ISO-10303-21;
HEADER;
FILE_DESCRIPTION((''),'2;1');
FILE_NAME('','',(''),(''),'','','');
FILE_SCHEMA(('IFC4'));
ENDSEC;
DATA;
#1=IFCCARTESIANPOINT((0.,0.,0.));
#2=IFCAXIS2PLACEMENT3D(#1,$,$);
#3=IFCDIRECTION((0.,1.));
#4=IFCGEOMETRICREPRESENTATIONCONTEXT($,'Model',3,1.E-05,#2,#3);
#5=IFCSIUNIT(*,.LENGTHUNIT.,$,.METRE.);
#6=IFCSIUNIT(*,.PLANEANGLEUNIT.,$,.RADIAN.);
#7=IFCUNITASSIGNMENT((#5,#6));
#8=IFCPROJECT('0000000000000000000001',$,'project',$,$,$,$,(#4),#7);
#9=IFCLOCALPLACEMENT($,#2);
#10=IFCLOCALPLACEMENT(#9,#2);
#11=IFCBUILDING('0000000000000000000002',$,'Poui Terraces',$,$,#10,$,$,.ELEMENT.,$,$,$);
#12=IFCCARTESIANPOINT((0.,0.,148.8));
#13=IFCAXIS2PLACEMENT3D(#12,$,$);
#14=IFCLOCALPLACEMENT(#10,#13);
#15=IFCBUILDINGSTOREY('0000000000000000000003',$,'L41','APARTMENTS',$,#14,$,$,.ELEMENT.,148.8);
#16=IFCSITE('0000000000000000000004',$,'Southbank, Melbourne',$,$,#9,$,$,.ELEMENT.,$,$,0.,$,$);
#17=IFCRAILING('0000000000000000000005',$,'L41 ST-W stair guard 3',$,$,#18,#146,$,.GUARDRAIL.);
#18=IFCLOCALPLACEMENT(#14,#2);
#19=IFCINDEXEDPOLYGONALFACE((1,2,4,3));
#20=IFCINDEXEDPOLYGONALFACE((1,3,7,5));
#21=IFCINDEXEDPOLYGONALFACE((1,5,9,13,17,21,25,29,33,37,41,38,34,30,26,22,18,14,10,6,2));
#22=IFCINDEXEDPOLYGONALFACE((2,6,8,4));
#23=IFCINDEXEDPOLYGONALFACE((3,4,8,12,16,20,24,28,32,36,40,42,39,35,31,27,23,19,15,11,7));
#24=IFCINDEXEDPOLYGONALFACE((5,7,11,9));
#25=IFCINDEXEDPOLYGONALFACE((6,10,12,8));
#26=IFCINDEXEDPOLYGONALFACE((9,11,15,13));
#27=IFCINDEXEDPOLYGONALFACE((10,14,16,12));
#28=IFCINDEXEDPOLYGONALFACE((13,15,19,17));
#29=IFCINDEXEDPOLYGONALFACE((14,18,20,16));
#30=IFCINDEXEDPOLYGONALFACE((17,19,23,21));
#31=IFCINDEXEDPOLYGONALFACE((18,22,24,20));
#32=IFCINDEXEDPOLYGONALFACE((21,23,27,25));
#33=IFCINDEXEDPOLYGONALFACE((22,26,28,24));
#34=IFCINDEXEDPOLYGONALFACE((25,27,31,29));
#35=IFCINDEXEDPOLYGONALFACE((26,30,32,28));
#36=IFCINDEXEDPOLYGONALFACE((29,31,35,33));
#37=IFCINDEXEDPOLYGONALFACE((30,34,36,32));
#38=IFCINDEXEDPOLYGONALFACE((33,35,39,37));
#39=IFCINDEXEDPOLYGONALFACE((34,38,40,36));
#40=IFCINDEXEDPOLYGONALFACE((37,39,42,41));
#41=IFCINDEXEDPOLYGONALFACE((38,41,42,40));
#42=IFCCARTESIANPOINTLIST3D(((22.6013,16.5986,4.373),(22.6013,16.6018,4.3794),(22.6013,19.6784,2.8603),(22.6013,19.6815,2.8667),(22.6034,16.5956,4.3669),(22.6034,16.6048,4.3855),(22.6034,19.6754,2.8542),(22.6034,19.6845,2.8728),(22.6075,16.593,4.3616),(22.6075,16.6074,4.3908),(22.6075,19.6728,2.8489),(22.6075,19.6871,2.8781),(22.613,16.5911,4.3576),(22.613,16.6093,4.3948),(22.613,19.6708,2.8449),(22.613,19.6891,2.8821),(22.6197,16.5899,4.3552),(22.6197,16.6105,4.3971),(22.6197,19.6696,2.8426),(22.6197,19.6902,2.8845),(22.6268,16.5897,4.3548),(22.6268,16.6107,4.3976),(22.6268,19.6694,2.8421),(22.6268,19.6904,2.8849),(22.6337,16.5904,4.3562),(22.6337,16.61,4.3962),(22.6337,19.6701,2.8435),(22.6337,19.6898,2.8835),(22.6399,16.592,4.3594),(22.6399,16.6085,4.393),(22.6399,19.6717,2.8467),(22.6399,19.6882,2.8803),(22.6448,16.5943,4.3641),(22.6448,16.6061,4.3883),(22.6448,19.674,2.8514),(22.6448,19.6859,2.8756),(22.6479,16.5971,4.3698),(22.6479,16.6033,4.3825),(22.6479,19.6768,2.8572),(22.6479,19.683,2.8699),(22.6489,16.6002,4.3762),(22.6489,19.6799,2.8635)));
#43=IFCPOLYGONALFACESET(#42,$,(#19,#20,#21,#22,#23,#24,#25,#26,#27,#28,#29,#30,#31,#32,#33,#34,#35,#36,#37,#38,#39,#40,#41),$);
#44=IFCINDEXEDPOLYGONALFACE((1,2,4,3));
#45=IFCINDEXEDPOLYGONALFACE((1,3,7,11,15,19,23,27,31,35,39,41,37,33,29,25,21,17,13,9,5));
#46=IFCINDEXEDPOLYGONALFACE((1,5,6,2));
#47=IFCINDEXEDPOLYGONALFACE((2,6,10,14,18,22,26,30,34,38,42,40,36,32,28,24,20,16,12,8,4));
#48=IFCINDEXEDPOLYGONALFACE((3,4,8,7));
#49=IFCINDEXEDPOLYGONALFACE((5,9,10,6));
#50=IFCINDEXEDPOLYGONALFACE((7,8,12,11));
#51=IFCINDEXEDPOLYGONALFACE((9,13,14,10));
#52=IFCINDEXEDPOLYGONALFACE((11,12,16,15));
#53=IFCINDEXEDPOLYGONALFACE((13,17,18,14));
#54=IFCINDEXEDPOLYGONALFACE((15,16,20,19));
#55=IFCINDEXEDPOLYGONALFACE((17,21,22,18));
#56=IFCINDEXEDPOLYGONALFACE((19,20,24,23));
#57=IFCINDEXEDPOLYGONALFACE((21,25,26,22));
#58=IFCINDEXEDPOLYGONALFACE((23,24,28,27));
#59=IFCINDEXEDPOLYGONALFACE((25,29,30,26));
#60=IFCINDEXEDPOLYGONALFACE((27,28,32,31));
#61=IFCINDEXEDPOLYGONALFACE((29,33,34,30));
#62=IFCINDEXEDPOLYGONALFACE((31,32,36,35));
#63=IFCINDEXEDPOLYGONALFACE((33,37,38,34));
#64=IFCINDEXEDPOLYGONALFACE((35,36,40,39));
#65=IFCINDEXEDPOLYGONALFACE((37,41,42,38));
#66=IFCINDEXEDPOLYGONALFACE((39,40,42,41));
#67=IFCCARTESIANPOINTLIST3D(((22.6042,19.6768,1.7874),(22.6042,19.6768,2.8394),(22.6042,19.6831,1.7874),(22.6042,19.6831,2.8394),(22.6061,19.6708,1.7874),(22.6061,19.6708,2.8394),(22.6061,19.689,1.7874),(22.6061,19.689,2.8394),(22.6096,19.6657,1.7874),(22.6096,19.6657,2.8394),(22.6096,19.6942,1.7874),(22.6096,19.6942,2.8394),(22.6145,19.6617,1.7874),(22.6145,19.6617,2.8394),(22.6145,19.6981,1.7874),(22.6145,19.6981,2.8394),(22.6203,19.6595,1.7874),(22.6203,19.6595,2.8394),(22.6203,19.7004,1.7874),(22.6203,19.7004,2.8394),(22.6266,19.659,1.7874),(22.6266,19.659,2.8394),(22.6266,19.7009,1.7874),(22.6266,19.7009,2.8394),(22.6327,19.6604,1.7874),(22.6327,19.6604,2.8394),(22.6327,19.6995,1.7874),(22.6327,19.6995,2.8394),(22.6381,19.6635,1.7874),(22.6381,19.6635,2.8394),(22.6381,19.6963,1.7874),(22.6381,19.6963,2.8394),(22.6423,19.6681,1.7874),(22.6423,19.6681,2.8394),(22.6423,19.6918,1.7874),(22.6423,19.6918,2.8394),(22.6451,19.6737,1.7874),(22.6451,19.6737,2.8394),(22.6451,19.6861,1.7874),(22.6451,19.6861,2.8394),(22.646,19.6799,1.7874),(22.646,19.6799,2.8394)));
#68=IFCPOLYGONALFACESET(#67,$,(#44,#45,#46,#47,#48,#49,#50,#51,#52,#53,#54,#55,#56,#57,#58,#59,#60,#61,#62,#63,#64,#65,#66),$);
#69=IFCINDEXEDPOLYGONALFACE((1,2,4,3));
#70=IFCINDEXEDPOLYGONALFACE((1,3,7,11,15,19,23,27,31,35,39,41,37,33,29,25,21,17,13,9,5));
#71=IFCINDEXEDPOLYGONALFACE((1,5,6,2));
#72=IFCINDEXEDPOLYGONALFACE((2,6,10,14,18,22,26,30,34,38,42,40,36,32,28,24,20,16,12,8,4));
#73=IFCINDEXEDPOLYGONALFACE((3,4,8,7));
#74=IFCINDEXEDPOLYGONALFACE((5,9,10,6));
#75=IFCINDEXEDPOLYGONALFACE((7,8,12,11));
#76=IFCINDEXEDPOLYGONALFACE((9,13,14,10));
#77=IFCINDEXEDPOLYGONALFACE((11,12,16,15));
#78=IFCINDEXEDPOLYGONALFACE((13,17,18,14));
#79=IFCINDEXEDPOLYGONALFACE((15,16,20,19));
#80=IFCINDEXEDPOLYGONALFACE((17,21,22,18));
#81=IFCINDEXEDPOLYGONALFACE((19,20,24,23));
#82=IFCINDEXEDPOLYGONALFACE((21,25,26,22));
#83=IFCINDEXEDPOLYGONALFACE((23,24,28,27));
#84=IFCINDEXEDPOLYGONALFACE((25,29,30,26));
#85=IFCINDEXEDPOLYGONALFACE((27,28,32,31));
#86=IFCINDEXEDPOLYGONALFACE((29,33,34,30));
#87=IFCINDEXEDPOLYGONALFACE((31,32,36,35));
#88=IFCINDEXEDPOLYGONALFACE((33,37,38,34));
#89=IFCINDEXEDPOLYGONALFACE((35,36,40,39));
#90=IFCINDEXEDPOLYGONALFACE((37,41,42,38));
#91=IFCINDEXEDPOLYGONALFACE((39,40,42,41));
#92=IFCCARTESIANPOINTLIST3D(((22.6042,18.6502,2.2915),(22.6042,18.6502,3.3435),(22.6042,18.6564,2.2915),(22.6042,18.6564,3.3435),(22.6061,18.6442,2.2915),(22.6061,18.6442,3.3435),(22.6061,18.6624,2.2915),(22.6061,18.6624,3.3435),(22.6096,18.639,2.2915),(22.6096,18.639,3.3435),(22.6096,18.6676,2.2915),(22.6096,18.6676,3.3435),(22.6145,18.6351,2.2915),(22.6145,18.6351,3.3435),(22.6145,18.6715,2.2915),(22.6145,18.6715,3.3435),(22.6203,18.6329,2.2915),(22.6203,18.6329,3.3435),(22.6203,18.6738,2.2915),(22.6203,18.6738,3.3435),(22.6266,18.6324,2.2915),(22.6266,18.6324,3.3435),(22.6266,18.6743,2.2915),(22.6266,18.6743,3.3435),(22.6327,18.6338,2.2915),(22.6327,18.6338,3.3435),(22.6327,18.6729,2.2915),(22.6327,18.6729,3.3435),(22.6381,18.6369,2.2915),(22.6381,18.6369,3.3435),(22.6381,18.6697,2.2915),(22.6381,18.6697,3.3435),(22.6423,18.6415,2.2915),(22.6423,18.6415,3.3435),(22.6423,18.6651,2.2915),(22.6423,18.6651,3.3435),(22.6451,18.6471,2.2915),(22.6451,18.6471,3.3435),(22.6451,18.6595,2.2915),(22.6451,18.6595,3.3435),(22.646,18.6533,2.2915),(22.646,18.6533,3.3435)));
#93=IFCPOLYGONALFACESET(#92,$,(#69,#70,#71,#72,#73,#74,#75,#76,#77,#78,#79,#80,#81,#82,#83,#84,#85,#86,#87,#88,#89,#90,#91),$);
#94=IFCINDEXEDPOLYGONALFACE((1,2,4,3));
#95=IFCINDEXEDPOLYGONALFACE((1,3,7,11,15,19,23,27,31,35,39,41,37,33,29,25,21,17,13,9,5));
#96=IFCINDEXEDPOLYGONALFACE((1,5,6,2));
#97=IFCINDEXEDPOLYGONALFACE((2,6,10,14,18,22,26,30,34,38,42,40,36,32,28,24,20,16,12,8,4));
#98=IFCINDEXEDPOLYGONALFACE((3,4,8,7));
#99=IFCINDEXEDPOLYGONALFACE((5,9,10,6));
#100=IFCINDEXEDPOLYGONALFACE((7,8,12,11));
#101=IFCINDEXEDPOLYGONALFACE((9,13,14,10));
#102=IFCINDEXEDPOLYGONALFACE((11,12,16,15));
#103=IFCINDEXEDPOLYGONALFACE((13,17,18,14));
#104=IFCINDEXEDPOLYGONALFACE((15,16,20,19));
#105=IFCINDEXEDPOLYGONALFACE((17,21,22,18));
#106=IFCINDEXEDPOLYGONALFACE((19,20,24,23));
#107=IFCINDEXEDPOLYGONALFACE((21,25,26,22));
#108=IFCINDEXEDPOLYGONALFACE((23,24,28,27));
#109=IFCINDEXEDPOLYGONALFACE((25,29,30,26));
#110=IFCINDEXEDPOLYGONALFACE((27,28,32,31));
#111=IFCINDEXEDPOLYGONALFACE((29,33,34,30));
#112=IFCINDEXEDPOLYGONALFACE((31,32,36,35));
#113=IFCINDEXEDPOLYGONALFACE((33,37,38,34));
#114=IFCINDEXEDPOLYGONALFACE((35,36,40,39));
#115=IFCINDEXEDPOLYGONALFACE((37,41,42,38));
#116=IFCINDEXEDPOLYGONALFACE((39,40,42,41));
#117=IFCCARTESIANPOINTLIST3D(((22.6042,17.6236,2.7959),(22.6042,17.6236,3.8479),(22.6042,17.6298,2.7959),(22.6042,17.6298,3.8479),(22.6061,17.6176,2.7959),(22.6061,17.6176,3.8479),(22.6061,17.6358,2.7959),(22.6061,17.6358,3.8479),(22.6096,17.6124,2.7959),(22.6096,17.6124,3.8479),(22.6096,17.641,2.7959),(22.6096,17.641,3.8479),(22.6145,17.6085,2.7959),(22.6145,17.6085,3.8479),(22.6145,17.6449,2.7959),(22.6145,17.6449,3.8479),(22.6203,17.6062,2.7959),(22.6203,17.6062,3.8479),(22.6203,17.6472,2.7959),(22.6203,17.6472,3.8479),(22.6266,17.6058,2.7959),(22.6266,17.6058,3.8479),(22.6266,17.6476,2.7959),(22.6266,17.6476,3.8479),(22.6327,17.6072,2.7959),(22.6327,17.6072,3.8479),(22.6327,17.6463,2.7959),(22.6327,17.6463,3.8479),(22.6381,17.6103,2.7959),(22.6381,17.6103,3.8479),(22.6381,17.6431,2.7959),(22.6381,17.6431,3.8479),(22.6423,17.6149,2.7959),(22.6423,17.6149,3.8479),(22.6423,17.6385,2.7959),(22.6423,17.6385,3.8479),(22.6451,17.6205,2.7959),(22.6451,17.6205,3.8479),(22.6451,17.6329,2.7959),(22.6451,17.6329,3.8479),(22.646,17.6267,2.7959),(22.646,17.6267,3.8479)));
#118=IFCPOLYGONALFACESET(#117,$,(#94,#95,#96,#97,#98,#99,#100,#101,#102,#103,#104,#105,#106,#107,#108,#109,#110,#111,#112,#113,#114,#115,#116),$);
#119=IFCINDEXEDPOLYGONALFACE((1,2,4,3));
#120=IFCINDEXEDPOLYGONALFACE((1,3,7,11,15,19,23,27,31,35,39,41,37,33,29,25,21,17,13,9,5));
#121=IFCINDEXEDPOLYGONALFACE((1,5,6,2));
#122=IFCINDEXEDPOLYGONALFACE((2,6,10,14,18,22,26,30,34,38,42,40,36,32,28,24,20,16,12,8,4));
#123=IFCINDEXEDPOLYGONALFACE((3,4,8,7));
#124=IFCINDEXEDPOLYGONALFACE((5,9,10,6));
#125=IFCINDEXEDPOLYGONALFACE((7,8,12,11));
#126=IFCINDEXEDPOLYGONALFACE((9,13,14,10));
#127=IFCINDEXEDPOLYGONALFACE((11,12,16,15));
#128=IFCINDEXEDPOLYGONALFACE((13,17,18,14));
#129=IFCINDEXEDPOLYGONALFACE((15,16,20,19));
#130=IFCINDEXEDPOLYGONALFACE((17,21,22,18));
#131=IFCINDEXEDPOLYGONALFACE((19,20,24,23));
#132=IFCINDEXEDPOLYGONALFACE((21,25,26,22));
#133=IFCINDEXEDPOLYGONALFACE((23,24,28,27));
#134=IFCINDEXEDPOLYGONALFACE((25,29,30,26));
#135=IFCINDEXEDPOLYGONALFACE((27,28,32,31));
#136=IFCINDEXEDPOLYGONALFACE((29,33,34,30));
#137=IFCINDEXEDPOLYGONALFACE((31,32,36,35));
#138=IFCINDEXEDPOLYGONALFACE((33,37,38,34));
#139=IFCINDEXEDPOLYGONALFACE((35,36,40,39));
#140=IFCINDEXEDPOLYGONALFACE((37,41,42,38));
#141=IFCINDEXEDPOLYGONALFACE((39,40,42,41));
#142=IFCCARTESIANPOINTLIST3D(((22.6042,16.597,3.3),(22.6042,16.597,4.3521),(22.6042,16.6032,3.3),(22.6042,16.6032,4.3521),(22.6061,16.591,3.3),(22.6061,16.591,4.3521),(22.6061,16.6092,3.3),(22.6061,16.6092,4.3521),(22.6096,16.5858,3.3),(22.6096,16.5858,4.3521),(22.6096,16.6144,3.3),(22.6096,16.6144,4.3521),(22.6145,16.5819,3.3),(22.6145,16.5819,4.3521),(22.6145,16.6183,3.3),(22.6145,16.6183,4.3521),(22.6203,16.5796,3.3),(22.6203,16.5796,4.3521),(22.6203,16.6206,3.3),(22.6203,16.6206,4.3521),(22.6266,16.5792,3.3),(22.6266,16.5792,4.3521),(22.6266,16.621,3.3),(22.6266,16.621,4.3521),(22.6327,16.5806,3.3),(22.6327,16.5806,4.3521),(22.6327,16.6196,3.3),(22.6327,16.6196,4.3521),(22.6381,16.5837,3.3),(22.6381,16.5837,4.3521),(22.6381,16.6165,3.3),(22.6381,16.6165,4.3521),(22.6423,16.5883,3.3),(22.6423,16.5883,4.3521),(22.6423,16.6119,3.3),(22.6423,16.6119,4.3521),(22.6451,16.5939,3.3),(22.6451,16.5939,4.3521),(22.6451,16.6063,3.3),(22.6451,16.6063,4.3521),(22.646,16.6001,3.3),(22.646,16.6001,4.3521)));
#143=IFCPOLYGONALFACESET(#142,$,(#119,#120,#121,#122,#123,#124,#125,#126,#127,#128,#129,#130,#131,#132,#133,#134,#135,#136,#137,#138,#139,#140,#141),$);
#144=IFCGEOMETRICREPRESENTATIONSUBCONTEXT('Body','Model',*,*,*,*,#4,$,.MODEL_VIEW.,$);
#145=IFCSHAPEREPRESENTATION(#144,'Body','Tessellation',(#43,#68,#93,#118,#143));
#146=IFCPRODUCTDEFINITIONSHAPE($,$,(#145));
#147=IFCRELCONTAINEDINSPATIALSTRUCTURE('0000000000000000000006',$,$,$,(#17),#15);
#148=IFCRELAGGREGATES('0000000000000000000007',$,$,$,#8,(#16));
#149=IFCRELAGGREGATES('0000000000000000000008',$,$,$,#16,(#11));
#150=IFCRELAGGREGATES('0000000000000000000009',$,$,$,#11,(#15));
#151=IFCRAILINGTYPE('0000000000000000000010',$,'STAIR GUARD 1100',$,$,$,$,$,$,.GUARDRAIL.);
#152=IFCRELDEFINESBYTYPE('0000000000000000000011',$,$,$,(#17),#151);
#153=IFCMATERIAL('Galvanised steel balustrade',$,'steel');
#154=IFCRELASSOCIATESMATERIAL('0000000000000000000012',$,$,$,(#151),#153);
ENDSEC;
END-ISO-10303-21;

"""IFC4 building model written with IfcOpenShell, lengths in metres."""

from ifc_helpers import new_model, si_unit, direction, frame, origin, origin_2d, place, context, subcontext, project, spatial, circle, extrude, material, type_object, element, save


model = new_model("IFC4")

# Units and contexts
model_context = context("Model", 3, precision=1e-05, world=origin(), true_north=direction((0.0, 1.0)))
body_context = subcontext(model_context, "Body", "Model", "MODEL_VIEW")
ifc_project = project(units=[si_unit("LENGTHUNIT", "METRE"), si_unit("PLANEANGLEUNIT", "RADIAN")], contexts=[model_context])

# Site, building, storey
site_placement = place(None, origin())
site = spatial("IfcSite", under=ifc_project, at=site_placement, Name="Southbank, Melbourne", CompositionType="ELEMENT", RefElevation=0.0)
building_placement = place(site_placement, origin())
building = spatial("IfcBuilding", under=site, at=building_placement, Name="Poui Terraces", CompositionType="ELEMENT")
storey_placement = place(building_placement, frame((0.0, 0.0, 148.8)))
storey = spatial("IfcBuildingStorey", under=building, at=storey_placement, Name="L41", Description="APARTMENTS", CompositionType="ELEMENT", Elevation=148.8)

# Railing
ifc_material_1 = material(Name="Galvanised steel balustrade", Category="steel")
railing_type_1 = type_object("IfcRailingType", Name="STAIR GUARD 1100", PredefinedType="GUARDRAIL", material=ifc_material_1)
railing_1_placement = place(storey_placement, frame((22.625, 19.6799, 1.7874)))
element("IfcRailing", 1, at=railing_1_placement, inside=storey, type_object=railing_type_1, Name="L41 ST-W stair guard 3", PredefinedType="GUARDRAIL", context=body_context, shape_type="SweptSolid", body=[
    extrude(circle(Radius=0.0239, at=origin_2d()), frame((0.0, 0.0, 1.0762), z_axis=(0.0, -0.897578, 0.440856), x_axis=(1.0, 0.0, 0.0)), (0.0, 0.0, 1.0), 3.4312),
    extrude(circle(Radius=0.021, at=origin_2d()), origin(), (0.0, 0.0, 1.0), 1.052),
    extrude(circle(Radius=0.021, at=origin_2d()), frame((0.0, -1.0266, 0.5042)), (0.0, 0.0, 1.0), 1.052),
    extrude(circle(Radius=0.021, at=origin_2d()), frame((0.0, -2.0532, 1.0085)), (0.0, 0.0, 1.0), 1.052),
    extrude(circle(Radius=0.021, at=origin_2d()), frame((0.0, -3.0798, 1.5127)), (0.0, 0.0, 1.0), 1.052),
])

save(model, "model.ifc")
